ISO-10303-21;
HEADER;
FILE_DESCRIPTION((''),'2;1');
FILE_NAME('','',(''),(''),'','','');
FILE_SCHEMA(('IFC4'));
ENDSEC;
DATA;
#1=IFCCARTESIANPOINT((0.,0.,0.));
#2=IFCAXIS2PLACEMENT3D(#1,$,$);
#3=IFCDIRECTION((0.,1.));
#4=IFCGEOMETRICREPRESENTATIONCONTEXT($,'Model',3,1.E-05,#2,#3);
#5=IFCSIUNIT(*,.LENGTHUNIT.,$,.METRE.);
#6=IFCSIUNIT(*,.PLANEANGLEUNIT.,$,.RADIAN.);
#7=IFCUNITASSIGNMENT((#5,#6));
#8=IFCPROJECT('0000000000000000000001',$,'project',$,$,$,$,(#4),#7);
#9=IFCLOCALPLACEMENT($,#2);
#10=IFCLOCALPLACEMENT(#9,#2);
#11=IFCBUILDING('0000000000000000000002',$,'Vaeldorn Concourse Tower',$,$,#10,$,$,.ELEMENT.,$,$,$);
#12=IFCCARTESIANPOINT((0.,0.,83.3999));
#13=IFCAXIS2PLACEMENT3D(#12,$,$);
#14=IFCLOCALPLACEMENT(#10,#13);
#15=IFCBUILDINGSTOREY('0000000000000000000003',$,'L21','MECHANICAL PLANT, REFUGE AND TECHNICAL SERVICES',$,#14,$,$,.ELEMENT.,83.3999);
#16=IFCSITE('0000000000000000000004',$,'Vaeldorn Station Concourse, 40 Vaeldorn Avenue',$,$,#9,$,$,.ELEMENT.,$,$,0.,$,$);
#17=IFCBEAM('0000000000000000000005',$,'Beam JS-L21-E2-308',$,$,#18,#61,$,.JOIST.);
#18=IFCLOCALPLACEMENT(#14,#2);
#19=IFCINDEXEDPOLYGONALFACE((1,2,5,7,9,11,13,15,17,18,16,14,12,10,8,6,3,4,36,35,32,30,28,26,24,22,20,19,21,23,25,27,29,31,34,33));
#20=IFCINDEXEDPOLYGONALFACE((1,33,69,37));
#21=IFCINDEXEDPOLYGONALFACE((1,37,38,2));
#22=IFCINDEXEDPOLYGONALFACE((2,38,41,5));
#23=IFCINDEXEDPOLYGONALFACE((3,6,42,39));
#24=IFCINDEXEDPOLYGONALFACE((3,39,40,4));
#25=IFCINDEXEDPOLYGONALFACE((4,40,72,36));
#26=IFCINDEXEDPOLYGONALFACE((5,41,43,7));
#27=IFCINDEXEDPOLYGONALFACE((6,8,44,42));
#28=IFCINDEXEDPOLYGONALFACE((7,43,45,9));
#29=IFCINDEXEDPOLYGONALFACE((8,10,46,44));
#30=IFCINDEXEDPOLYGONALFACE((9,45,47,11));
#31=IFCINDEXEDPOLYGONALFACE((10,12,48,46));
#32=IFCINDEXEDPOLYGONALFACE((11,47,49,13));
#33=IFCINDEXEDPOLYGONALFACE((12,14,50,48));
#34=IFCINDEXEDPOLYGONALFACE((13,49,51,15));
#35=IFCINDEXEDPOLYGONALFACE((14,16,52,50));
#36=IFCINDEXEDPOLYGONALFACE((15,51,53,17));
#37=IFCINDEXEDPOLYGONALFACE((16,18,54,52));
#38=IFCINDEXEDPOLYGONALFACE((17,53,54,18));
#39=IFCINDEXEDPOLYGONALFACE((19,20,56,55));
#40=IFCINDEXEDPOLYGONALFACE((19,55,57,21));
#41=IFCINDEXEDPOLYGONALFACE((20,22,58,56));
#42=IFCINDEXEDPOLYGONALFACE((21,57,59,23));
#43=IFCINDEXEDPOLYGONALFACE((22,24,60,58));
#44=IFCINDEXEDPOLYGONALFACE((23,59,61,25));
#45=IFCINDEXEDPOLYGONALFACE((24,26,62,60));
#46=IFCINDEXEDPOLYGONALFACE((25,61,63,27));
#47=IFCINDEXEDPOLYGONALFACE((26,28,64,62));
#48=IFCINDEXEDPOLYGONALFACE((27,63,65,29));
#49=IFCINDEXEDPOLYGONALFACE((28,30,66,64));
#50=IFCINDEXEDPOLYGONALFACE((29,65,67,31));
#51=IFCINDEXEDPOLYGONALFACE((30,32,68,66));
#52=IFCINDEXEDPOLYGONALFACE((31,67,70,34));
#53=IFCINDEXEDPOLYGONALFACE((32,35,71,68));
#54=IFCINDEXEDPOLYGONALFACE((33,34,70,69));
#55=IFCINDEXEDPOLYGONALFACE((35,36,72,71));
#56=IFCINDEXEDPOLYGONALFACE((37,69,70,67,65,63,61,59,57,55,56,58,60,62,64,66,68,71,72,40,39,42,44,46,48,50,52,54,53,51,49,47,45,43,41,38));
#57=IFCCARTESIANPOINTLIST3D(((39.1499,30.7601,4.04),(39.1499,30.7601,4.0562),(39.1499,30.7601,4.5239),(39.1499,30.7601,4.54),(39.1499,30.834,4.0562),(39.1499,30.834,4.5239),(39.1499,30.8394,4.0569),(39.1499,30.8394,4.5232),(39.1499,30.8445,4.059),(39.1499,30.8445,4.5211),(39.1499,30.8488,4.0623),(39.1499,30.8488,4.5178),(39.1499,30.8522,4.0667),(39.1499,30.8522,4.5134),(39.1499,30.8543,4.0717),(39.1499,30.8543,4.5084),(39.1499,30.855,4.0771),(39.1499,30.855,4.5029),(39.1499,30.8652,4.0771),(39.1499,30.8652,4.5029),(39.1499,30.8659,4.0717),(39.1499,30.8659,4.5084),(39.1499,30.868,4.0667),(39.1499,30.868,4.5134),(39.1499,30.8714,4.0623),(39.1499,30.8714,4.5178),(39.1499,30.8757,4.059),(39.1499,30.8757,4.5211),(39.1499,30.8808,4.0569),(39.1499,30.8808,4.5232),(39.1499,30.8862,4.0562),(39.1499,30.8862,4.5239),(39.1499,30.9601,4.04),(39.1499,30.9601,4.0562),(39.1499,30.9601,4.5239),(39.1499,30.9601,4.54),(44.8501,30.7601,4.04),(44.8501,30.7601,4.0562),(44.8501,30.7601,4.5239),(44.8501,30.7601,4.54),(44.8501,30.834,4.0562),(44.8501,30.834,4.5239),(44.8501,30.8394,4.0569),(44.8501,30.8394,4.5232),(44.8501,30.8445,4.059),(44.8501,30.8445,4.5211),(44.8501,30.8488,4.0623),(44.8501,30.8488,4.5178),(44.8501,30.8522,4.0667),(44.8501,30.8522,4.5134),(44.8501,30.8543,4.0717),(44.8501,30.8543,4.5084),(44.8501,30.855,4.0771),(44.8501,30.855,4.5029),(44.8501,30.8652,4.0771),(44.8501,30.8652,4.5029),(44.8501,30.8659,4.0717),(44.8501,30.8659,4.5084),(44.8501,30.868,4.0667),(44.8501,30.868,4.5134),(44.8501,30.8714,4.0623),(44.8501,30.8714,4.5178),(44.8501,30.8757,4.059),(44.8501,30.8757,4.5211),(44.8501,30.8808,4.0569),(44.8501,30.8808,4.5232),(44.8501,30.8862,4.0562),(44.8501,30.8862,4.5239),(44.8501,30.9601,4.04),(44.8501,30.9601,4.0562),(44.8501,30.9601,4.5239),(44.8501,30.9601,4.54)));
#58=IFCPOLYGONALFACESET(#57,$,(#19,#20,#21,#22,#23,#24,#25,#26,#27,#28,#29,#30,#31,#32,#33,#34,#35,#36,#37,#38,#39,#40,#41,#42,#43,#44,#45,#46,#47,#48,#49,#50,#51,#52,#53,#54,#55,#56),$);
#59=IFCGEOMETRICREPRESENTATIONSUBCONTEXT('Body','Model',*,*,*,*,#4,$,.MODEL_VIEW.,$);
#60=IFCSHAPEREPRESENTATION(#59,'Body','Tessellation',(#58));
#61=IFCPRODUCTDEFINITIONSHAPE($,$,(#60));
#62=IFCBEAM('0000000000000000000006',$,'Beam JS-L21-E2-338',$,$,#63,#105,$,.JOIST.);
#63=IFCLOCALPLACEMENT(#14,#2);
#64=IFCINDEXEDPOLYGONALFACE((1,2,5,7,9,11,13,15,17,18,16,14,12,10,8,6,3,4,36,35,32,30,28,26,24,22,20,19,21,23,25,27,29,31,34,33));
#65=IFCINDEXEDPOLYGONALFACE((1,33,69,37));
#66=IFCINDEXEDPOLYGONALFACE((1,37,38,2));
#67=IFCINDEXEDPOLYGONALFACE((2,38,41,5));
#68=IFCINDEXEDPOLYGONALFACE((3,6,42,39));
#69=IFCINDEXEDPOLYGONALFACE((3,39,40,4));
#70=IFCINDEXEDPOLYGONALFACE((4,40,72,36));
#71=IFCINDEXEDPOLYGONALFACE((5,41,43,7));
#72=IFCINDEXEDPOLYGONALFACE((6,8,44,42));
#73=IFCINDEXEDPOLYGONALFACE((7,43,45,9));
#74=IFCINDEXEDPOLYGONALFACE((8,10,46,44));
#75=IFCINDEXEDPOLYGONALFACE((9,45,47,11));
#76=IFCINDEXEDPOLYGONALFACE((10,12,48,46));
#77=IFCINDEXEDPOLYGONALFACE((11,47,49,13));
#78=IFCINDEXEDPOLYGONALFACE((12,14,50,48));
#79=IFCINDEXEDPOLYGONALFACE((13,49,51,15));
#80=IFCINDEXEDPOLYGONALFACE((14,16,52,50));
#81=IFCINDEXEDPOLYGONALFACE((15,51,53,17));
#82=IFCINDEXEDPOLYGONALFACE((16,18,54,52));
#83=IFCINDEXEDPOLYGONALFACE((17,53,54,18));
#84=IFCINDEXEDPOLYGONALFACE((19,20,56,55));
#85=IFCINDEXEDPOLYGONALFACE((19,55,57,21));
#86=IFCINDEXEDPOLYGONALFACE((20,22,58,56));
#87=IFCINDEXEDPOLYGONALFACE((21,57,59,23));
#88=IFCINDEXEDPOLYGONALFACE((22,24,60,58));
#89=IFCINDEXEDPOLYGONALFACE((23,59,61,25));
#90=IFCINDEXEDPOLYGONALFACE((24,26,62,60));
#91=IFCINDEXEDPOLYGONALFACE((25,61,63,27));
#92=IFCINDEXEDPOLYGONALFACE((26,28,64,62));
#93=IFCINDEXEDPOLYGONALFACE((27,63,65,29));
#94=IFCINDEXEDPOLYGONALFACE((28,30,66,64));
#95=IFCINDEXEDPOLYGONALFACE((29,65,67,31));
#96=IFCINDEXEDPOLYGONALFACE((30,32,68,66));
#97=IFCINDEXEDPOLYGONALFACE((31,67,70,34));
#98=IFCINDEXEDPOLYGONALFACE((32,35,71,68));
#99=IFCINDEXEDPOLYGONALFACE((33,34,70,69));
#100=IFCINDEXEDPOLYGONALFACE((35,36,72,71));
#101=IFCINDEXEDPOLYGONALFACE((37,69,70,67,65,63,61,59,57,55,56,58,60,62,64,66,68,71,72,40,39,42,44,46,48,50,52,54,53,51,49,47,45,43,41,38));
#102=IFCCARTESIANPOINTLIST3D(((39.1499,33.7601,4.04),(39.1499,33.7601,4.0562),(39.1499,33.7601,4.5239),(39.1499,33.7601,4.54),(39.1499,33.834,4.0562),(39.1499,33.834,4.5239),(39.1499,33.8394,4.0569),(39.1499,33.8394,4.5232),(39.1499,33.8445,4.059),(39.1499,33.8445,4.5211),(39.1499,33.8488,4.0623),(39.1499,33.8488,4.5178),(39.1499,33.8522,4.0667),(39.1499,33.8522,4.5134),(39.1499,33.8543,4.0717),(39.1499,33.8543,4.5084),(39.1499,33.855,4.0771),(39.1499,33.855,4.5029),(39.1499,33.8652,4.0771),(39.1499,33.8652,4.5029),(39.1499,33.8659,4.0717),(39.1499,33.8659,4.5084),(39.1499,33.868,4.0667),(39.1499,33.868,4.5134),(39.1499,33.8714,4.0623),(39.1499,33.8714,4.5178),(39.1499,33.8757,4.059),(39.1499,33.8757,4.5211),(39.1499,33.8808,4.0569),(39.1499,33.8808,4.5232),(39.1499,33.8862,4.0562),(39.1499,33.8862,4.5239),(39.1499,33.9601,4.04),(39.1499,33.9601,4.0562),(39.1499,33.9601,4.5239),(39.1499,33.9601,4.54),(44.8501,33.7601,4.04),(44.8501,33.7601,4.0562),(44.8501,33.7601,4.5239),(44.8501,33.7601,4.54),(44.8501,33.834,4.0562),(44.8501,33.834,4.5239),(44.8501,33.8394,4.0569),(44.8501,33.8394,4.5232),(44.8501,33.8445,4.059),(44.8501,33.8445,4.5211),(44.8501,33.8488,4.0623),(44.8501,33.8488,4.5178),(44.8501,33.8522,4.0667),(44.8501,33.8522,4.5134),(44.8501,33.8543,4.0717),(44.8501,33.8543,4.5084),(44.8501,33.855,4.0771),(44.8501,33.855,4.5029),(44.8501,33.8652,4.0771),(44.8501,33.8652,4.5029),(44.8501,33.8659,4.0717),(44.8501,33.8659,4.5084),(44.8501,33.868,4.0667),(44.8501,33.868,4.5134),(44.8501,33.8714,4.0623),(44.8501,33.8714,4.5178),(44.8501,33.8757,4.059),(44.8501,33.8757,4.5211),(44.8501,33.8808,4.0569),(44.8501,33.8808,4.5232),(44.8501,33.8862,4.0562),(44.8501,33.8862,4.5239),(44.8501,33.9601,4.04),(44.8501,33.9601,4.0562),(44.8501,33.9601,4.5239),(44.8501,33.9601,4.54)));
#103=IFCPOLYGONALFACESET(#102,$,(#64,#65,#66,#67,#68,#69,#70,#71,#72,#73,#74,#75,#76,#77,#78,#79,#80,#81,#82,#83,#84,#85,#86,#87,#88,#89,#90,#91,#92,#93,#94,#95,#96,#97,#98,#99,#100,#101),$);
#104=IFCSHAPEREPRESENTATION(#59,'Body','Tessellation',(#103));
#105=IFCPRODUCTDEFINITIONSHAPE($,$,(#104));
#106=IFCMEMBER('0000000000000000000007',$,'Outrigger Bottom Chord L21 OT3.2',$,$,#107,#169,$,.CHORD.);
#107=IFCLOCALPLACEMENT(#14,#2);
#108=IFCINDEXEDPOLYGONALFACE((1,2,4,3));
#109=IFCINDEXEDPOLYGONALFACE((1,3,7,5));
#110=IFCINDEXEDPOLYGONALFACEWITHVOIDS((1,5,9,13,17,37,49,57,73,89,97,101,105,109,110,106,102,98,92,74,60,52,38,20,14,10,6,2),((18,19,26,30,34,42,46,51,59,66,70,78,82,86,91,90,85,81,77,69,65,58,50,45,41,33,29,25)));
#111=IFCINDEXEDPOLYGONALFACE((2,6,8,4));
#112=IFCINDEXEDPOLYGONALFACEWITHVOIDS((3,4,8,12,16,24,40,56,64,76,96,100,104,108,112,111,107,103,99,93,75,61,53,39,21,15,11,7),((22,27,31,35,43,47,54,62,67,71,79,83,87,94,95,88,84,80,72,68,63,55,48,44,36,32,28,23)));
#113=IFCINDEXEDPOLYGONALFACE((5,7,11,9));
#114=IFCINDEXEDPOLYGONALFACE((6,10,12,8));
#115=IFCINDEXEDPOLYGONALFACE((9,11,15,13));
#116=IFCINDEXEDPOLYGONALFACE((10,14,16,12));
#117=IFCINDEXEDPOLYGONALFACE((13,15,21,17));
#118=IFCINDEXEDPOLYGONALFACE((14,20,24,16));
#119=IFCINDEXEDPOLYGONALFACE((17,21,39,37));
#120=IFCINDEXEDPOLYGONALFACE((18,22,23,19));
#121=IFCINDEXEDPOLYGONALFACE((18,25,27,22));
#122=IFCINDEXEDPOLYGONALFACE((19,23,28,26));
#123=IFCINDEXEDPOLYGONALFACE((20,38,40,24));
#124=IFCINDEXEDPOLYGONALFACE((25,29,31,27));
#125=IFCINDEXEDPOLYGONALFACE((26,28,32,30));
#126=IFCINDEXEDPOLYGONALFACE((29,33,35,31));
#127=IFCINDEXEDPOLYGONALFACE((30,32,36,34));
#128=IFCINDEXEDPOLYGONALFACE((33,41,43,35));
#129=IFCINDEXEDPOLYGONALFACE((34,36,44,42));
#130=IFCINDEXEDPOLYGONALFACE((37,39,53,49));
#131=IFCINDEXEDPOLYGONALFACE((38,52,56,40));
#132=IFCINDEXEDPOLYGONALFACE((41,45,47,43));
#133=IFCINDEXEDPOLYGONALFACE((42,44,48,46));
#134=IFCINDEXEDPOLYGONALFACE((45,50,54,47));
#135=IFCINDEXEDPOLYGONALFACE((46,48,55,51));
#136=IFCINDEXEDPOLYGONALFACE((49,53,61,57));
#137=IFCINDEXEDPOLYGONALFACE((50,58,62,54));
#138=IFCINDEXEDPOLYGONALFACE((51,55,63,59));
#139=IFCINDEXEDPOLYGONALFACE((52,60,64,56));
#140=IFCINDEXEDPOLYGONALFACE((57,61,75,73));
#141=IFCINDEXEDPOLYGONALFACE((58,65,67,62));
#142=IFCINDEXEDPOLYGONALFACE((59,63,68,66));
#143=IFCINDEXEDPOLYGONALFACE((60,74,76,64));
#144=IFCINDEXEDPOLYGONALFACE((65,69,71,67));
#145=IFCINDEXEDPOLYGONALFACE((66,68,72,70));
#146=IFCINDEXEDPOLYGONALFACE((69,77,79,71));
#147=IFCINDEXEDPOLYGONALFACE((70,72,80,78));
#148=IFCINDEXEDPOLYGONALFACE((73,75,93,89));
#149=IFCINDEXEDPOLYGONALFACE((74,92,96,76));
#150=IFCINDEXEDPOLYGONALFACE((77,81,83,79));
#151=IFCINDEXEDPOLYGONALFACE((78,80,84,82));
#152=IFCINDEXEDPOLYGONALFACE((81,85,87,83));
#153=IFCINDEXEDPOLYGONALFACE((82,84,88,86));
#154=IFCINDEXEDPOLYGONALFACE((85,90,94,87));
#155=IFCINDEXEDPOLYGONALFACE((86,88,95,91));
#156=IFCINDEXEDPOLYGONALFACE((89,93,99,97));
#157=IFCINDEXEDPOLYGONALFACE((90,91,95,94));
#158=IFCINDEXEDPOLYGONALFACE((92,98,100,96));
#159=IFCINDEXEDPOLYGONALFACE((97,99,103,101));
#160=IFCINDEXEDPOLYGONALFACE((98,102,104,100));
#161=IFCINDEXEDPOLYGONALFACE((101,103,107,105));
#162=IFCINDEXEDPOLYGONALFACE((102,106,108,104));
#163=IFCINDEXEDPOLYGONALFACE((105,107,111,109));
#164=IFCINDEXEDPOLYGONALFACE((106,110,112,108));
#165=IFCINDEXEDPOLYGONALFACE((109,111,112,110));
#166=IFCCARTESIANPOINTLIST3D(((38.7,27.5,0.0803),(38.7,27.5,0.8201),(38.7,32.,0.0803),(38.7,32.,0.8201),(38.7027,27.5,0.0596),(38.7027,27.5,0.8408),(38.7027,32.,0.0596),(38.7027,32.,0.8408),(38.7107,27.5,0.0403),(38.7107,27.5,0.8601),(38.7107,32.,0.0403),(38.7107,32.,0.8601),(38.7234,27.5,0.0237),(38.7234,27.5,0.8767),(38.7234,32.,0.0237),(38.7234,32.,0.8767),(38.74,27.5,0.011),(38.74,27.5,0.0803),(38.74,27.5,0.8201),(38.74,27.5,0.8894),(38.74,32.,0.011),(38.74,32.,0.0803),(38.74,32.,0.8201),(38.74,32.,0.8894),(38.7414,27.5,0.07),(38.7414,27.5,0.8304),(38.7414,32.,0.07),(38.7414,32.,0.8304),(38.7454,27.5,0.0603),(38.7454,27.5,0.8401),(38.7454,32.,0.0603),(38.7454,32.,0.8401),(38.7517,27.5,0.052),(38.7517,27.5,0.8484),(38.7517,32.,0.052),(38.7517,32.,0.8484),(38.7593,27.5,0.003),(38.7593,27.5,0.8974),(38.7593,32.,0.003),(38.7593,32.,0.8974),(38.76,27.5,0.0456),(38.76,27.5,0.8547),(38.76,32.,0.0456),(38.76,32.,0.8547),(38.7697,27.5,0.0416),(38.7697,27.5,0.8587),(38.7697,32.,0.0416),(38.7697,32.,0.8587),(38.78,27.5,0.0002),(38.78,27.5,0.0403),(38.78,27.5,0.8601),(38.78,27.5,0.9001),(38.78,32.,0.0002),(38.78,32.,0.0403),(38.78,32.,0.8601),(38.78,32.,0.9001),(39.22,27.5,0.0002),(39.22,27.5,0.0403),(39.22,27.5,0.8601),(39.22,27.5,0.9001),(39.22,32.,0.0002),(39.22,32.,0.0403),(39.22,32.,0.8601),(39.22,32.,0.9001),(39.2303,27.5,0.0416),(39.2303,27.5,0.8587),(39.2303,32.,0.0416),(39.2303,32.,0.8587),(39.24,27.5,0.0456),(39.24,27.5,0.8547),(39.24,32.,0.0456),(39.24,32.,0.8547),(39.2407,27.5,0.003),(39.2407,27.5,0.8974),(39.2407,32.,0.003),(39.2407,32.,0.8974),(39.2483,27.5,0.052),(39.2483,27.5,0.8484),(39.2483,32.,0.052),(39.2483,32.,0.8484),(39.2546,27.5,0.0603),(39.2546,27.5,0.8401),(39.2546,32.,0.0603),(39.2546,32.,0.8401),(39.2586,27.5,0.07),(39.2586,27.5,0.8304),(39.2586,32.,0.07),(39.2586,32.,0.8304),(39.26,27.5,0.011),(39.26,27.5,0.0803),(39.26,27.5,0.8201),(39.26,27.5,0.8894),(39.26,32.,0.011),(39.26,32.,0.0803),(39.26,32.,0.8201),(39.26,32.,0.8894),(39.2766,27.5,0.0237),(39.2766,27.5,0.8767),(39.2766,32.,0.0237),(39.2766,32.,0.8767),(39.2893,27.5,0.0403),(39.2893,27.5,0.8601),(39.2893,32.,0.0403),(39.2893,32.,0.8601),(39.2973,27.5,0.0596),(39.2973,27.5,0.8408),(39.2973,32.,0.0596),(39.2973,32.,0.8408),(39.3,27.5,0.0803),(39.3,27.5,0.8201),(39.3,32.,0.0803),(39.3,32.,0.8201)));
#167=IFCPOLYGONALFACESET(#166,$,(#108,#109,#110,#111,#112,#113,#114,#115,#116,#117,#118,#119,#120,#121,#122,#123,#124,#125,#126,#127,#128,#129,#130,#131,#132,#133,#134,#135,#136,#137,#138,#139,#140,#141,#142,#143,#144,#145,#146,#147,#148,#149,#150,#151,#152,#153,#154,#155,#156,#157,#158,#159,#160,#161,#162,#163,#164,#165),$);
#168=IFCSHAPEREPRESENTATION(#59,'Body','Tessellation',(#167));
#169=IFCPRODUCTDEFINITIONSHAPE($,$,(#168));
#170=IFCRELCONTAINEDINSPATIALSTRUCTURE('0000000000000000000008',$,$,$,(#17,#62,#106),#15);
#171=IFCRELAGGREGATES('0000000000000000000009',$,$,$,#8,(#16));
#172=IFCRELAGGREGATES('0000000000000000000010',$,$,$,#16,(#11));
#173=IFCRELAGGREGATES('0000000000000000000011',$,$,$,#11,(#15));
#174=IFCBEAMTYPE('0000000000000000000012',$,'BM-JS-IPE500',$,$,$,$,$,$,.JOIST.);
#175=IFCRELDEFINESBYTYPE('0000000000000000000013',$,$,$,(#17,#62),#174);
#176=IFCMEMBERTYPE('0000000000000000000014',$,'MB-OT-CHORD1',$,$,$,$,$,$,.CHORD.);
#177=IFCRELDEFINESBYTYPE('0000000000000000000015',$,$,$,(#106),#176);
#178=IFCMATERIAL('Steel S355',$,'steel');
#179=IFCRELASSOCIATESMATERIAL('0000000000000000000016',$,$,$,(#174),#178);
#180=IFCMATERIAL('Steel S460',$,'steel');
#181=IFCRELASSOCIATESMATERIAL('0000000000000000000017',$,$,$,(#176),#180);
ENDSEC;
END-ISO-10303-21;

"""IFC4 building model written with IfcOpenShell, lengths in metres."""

from ifc_helpers import new_model, si_unit, direction, frame, origin, origin_2d, place, context, subcontext, project, spatial, hollow_rectangle, i_section, extrude, source, transform, mapped, material, material_profile, profile_set, type_object, element, save


model = new_model("IFC4")

# Units and contexts
model_context = context("Model", 3, precision=1e-05, world=origin(), true_north=direction((0.0, 1.0)))
body_context = subcontext(model_context, "Body", "Model", "MODEL_VIEW")
ifc_project = project(units=[si_unit("LENGTHUNIT", "METRE"), si_unit("PLANEANGLEUNIT", "RADIAN")], contexts=[model_context])

# Site, building, storey
site_placement = place(None, origin())
site = spatial("IfcSite", under=ifc_project, at=site_placement, Name="Vaeldorn Station Concourse, 40 Vaeldorn Avenue", CompositionType="ELEMENT", RefElevation=0.0)
building_placement = place(site_placement, origin())
building = spatial("IfcBuilding", under=site, at=building_placement, Name="Vaeldorn Concourse Tower", CompositionType="ELEMENT")
storey_placement = place(building_placement, frame((0.0, 0.0, 83.3999)))
storey = spatial("IfcBuildingStorey", under=building, at=storey_placement, Name="L21", Description="MECHANICAL PLANT, REFUGE AND TECHNICAL SERVICES", CompositionType="ELEMENT", Elevation=83.3999)

# Shared definitions
ifc_material_1 = material(Name="Steel S460", Category="steel")

# Beams
ifc_material_2 = material(Name="Steel S355", Category="steel")
ifc_material_profile_1 = material_profile(ifc_material_2, i_section(OverallWidth=0.2, OverallDepth=0.5, WebThickness=0.0103, FlangeThickness=0.0161, FilletRadius=0.021, at=origin_2d()), Name="IPE 500")
ifc_profile_set_1 = profile_set([ifc_material_profile_1], Name="Steel S355")
beam_type_1 = type_object("IfcBeamType", Name="BM-JS-IPE500", PredefinedType="JOIST", material=ifc_profile_set_1)
shared_shape_1 = source(origin(), body_context, "Body", "SweptSolid", [
    extrude(i_section(OverallWidth=0.2, OverallDepth=0.5, WebThickness=0.0103, FlangeThickness=0.0161, FilletRadius=0.021, at=origin_2d()), origin(), (0.0, 0.0, 1.0), 5.7002),
])
for number, where, z_axis, x_axis, name in (
    (1, (39.1499, 30.8601, 4.29), (1.0, 0.0, 0.0), (0.0, 1.0, 0.0), "Beam JS-L21-E2-308"),
    (2, (39.1499, 33.8601, 4.29), (1.0, 0.0, 0.0), (0.0, 1.0, 0.0), "Beam JS-L21-E2-338"),
):
    element("IfcBeam", number, at=place(storey_placement, frame(where, z_axis=z_axis, x_axis=x_axis)), inside=storey, type_object=beam_type_1, Name=name, PredefinedType="JOIST", context=body_context, shape_type="MappedRepresentation", body=[
        mapped(shared_shape_1, transform((0.0, 0.0, 0.0), scale=1.0)),
    ])

# Member
ifc_material_profile_2 = material_profile(ifc_material_1, hollow_rectangle(XDim=0.6001, YDim=0.8999, WallThickness=0.04, InnerFilletRadius=0.04, OuterFilletRadius=0.0801, at=origin_2d()), Name="RHS 900x600x40")
ifc_profile_set_2 = profile_set([ifc_material_profile_2], Name="Steel S460")
member_type_1 = type_object("IfcMemberType", Name="MB-OT-CHORD1", PredefinedType="CHORD", material=ifc_profile_set_2)
shared_shape_2 = source(origin(), body_context, "Body", "SweptSolid", [
    extrude(hollow_rectangle(XDim=0.6001, YDim=0.8999, WallThickness=0.04, InnerFilletRadius=0.04, OuterFilletRadius=0.0801, at=origin_2d()), origin(), (0.0, 0.0, 1.0), 4.5),
])
member_1_placement = place(storey_placement, frame((39.0, 32.0, 0.4502), z_axis=(0.0, -1.0, 0.0), x_axis=(1.0, 0.0, 0.0)))
element("IfcMember", 3, at=member_1_placement, inside=storey, type_object=member_type_1, Name="Outrigger Bottom Chord L21 OT3.2", PredefinedType="CHORD", context=body_context, shape_type="MappedRepresentation", body=[
    mapped(shared_shape_2, transform((0.0, 0.0, 0.0), scale=1.0)),
])

save(model, "model.ifc")
